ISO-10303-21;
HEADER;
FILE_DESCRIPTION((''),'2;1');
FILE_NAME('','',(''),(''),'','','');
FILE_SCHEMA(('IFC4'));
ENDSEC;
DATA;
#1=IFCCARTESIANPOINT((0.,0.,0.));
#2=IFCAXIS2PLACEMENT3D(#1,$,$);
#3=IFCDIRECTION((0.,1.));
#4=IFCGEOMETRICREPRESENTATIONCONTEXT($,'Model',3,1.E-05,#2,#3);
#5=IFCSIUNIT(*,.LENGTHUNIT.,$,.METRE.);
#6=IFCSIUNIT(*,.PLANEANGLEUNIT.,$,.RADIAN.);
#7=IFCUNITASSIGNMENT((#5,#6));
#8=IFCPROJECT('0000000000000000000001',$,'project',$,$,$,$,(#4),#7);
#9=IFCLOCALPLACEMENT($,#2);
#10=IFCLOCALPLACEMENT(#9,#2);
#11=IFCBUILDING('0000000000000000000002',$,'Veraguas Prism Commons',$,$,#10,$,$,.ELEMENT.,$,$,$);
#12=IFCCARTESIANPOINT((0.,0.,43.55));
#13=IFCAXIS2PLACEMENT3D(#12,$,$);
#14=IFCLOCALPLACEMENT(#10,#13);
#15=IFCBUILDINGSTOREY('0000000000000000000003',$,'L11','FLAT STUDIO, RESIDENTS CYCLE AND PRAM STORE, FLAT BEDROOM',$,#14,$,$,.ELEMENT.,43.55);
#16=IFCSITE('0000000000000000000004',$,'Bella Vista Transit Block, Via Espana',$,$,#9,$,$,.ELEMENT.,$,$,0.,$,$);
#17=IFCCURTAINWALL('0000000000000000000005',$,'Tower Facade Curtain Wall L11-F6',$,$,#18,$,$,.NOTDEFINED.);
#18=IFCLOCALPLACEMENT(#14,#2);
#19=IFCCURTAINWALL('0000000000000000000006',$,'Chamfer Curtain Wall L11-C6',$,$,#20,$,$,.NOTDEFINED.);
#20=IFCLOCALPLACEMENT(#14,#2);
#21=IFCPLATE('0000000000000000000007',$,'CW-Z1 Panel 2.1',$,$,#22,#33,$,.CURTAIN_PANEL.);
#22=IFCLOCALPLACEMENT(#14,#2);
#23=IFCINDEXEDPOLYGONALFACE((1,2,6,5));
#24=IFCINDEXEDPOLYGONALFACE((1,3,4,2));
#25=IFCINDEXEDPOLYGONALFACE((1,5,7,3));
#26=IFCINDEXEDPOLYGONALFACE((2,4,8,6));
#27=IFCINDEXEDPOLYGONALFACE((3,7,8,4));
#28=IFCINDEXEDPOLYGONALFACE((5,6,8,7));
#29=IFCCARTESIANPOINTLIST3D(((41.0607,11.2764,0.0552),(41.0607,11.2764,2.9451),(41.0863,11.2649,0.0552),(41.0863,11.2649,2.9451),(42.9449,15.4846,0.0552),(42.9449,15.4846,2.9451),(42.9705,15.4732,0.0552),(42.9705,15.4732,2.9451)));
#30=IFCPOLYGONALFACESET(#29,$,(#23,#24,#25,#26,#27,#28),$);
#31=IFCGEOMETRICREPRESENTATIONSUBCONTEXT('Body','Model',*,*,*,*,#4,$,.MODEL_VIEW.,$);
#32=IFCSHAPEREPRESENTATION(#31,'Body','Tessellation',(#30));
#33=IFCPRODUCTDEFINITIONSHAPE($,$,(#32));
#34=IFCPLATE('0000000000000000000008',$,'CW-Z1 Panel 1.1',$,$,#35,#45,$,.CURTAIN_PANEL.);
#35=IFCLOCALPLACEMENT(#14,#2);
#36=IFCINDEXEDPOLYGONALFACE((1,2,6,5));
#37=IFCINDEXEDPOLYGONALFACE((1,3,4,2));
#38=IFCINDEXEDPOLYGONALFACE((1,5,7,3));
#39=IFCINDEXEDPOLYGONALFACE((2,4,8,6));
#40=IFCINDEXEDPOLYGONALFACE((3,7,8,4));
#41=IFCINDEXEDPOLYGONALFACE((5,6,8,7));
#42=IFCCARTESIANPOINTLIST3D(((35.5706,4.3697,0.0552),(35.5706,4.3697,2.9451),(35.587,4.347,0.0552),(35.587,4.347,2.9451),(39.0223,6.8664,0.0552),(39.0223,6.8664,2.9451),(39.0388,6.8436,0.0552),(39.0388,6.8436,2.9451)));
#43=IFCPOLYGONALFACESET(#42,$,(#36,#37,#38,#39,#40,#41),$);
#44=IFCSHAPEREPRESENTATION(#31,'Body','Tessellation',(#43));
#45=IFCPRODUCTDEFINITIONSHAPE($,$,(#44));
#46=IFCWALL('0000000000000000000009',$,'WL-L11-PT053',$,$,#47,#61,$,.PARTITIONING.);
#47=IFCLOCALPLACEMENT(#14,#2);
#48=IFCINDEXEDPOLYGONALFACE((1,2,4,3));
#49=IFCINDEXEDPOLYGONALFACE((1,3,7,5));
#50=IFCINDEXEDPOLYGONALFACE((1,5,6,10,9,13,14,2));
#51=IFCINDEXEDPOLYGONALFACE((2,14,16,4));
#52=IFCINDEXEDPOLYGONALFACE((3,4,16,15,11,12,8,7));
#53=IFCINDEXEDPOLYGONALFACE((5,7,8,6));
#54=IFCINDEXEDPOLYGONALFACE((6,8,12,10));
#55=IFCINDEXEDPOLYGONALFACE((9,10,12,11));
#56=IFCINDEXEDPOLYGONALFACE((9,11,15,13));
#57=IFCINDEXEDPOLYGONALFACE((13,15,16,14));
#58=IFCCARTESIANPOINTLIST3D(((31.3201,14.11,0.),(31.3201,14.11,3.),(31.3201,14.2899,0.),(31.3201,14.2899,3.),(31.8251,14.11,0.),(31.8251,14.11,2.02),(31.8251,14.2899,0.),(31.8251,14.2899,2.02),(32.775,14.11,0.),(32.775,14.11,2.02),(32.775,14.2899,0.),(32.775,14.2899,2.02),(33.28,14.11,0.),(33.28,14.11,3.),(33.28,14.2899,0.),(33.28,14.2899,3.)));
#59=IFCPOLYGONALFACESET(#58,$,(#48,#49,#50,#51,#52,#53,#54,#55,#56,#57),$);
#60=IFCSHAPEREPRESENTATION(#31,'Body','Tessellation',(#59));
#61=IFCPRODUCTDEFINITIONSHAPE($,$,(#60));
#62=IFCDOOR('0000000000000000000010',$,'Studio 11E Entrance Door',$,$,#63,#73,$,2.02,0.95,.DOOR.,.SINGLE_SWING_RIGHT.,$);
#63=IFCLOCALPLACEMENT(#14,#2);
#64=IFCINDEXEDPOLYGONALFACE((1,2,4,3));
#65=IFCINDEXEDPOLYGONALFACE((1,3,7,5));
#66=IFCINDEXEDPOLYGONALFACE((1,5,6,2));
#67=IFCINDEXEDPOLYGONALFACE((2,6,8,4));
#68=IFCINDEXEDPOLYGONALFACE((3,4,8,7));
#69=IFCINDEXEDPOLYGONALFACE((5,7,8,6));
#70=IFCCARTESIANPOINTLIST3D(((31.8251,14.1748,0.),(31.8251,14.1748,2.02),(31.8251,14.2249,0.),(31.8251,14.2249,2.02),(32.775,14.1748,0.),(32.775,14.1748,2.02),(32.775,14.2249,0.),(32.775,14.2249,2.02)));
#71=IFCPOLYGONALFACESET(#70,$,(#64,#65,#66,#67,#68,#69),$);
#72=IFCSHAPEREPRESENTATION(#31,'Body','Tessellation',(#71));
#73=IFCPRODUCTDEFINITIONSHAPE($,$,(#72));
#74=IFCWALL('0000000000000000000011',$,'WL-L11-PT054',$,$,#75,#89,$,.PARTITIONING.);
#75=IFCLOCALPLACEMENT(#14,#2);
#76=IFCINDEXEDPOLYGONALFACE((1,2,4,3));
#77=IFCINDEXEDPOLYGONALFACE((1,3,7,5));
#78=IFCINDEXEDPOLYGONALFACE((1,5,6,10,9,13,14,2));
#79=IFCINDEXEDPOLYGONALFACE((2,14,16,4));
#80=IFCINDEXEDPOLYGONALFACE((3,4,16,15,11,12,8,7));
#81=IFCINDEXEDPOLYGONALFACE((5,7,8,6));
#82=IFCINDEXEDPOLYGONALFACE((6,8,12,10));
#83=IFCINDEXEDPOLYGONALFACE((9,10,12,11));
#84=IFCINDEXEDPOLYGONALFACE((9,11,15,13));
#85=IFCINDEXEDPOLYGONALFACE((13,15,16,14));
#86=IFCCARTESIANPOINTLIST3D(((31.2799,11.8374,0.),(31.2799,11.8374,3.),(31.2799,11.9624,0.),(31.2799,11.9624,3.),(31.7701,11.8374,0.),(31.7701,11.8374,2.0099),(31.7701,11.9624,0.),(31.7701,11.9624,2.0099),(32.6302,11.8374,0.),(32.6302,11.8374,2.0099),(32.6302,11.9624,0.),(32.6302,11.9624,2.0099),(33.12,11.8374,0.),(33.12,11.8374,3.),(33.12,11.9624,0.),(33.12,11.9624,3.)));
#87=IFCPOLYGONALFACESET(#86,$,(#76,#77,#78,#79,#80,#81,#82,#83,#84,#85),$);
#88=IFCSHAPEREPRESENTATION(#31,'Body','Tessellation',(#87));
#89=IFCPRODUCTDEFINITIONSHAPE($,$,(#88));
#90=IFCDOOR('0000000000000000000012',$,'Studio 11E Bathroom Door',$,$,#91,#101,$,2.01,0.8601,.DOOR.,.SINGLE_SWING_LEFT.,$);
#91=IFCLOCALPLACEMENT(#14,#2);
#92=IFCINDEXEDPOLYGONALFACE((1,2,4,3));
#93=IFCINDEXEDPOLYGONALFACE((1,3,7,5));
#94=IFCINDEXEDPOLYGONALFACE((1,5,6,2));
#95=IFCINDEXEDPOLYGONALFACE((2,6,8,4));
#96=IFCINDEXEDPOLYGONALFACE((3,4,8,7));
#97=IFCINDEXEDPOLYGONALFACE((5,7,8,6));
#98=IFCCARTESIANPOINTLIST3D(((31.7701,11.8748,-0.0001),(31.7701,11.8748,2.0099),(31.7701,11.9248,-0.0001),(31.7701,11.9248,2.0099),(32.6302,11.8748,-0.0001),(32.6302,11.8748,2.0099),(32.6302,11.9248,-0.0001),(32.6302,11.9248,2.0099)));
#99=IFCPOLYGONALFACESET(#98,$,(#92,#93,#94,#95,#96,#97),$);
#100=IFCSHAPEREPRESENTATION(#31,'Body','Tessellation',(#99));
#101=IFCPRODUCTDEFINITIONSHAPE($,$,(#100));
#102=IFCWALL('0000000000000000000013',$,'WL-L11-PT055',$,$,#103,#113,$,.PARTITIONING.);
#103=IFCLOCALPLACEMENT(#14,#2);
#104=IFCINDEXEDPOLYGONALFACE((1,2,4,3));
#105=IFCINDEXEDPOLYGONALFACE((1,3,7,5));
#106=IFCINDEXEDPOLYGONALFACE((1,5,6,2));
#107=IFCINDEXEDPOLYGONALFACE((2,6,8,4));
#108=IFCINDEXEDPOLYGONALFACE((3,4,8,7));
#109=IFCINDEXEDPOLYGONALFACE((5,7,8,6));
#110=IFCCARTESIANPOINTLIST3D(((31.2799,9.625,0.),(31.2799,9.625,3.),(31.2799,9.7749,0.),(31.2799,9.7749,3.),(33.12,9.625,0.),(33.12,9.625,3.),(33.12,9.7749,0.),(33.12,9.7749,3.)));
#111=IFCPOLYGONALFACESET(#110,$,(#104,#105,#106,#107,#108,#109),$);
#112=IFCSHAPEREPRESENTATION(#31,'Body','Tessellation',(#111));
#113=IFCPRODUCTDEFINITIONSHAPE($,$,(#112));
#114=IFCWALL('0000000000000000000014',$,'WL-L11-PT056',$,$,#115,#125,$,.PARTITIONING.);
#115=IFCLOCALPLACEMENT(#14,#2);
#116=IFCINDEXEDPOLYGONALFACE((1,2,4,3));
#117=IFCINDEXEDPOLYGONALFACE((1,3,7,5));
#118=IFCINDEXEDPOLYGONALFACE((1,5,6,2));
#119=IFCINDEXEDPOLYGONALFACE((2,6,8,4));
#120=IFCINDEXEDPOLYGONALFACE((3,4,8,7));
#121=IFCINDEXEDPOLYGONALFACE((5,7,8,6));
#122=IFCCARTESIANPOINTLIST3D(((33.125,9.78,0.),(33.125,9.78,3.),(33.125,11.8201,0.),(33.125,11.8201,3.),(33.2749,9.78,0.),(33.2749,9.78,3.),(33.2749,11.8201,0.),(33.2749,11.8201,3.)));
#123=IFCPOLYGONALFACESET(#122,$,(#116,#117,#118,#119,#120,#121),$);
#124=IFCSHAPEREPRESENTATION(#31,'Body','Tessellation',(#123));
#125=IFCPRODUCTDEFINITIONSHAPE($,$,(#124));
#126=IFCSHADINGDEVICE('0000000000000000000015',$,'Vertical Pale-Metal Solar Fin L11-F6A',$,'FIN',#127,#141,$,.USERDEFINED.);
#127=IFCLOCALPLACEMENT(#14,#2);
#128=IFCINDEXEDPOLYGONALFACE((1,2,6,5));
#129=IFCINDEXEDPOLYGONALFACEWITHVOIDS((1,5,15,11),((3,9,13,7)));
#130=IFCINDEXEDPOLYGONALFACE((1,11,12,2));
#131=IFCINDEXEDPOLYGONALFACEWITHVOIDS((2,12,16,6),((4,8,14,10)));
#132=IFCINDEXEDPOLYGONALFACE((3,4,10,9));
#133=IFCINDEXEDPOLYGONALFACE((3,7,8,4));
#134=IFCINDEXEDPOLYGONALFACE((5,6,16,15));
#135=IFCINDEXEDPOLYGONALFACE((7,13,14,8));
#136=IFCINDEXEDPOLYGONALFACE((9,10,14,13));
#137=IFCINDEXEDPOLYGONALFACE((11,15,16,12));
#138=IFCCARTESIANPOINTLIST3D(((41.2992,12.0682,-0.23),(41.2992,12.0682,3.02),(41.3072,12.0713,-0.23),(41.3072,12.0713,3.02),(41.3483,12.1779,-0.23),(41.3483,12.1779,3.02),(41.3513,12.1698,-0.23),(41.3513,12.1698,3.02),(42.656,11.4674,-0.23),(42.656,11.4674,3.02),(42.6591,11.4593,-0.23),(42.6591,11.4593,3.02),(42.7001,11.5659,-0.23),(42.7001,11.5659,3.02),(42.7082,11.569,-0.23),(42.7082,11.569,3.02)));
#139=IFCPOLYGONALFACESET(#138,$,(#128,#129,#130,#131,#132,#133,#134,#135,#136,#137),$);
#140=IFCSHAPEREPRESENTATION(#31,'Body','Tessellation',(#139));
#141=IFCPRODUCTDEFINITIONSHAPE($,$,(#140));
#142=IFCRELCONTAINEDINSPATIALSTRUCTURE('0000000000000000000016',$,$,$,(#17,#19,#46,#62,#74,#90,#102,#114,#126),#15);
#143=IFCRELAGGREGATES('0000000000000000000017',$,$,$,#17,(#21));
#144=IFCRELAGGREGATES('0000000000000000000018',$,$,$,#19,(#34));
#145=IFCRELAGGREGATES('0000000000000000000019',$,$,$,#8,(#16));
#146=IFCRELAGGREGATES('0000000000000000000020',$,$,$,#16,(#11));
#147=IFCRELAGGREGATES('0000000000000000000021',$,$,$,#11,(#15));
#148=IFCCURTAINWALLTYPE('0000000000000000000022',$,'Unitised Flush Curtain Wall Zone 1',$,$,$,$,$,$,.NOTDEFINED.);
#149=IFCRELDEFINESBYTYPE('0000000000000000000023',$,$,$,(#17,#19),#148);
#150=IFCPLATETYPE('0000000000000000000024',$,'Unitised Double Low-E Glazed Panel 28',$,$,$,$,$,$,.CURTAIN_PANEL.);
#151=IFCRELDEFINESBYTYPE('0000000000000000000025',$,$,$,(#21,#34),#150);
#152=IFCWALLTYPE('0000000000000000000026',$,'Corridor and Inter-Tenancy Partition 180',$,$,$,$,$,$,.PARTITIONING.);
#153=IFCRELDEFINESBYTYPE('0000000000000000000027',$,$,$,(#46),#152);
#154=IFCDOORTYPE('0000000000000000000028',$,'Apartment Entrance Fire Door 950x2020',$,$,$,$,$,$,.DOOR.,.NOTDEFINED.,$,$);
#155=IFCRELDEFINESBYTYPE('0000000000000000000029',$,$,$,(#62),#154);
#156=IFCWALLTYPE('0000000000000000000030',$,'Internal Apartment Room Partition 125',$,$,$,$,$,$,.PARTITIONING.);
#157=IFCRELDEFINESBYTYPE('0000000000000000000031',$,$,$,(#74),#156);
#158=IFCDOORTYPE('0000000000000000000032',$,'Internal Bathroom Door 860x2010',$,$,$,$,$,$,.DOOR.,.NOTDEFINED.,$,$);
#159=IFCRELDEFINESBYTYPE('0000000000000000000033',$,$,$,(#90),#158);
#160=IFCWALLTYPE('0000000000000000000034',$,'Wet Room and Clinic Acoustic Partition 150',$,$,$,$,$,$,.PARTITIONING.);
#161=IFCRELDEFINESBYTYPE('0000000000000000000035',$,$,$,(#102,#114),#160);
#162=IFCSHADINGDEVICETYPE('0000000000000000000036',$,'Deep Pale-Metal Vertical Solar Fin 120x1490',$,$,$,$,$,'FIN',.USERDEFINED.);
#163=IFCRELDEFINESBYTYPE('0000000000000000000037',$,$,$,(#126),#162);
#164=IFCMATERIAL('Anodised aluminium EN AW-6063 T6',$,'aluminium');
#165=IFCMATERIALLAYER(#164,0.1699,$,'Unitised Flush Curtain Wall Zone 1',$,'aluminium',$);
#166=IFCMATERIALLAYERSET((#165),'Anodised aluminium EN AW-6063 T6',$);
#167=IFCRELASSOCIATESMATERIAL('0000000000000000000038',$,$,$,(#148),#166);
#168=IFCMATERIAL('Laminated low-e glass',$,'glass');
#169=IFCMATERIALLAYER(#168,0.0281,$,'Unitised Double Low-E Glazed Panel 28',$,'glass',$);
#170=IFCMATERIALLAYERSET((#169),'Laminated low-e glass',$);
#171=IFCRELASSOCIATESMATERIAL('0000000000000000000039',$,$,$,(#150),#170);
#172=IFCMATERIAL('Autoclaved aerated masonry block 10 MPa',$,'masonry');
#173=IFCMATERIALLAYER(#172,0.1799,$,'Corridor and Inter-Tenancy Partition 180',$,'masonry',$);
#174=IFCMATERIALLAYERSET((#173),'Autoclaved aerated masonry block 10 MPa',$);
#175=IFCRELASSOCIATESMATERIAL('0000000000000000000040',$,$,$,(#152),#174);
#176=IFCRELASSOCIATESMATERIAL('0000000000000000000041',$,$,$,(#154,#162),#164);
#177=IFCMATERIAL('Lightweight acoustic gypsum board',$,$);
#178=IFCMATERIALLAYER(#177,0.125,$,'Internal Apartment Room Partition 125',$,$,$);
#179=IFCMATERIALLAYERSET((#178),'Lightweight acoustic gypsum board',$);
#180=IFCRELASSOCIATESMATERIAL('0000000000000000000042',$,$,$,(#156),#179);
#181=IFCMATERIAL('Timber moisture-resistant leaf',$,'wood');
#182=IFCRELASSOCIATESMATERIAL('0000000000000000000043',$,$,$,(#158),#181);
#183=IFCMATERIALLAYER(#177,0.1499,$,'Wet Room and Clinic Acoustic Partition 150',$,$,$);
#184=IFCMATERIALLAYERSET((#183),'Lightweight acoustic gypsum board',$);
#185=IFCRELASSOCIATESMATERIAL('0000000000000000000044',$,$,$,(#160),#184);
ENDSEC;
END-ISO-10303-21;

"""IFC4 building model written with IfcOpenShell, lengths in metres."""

from ifc_helpers import new_model, si_unit, direction, frame, frame_2d, origin, origin_2d, place, context, subcontext, project, spatial, rectangle, hollow_rectangle, extrude, source, transform, mapped, material, layer, layer_set, material_profile, profile_set, type_object, element, fill, aggregate, save


model = new_model("IFC4")

# Units and contexts
model_context = context("Model", 3, precision=1e-05, world=origin(), true_north=direction((0.0, 1.0)))
body_context = subcontext(model_context, "Body", "Model", "MODEL_VIEW")
ifc_project = project(units=[si_unit("LENGTHUNIT", "METRE"), si_unit("PLANEANGLEUNIT", "RADIAN")], contexts=[model_context])

# Site, building, storey
site_placement = place(None, origin())
site = spatial("IfcSite", under=ifc_project, at=site_placement, Name="Bella Vista Transit Block, Via Espana", CompositionType="ELEMENT", RefElevation=0.0)
building_placement = place(site_placement, origin())
building = spatial("IfcBuilding", under=site, at=building_placement, Name="Veraguas Prism Commons", CompositionType="ELEMENT")
storey_placement = place(building_placement, frame((0.0, 0.0, 43.55)))
storey = spatial("IfcBuildingStorey", under=building, at=storey_placement, Name="L11", Description="FLAT STUDIO, RESIDENTS CYCLE AND PRAM STORE, FLAT BEDROOM", CompositionType="ELEMENT", Elevation=43.55)

# Shared definitions
ifc_material_1 = material(Name="Anodised aluminium EN AW-6063 T6", Category="aluminium")
ifc_layer_1 = layer(ifc_material_1, 0.1699, Name="Unitised Flush Curtain Wall Zone 1", Category="aluminium")
ifc_layer_set_1 = layer_set([ifc_layer_1], Name="Anodised aluminium EN AW-6063 T6")
curtain_wall_type = type_object("IfcCurtainWallType", Name="Unitised Flush Curtain Wall Zone 1", PredefinedType="NOTDEFINED", material=ifc_layer_set_1)

# Curtain walls
curtain_wall_1_placement = place(storey_placement, origin())
curtain_wall_1 = element("IfcCurtainWall", 1, at=curtain_wall_1_placement, inside=storey, type_object=curtain_wall_type, Name="Tower Facade Curtain Wall L11-F6", PredefinedType="NOTDEFINED")
curtain_wall_2_placement = place(storey_placement, origin())
curtain_wall_2 = element("IfcCurtainWall", 2, at=curtain_wall_2_placement, inside=storey, type_object=curtain_wall_type, Name="Chamfer Curtain Wall L11-C6", PredefinedType="NOTDEFINED")

# Plates
ifc_material_2 = material(Name="Laminated low-e glass", Category="glass")
ifc_layer_2 = layer(ifc_material_2, 0.0281, Name="Unitised Double Low-E Glazed Panel 28", Category="glass")
ifc_layer_set_2 = layer_set([ifc_layer_2], Name="Laminated low-e glass")
plate_type = type_object("IfcPlateType", Name="Unitised Double Low-E Glazed Panel 28", PredefinedType="CURTAIN_PANEL", material=ifc_layer_set_2)
shared_shape_1 = source(origin(), body_context, "Body", "SweptSolid", [
    extrude(rectangle(XDim=4.6108, YDim=0.0281, at=origin_2d()), origin(), (0.0, 0.0, 1.0), 2.8899),
])
plate_1_placement = place(storey_placement, frame((42.0156, 13.3748, 0.0552), z_axis=(0.0, 0.0, 1.0), x_axis=(0.408649, 0.912692, 0.0)))
plate_1 = element("IfcPlate", 3, at=plate_1_placement, type_object=plate_type, Name="CW-Z1 Panel 2.1", PredefinedType="CURTAIN_PANEL", context=body_context, shape_type="MappedRepresentation", body=[
    mapped(shared_shape_1, transform((0.0, 0.0, 0.0), scale=1.0)),
])
aggregate(curtain_wall_1, [plate_1])
shared_shape_2 = source(origin(), body_context, "Body", "SweptSolid", [
    extrude(rectangle(XDim=4.26, YDim=0.0281, at=origin_2d()), origin(), (0.0, 0.0, 1.0), 2.8899),
])
plate_2_placement = place(storey_placement, frame((37.3047, 5.6067, 0.0552), z_axis=(0.0, 0.0, 1.0), x_axis=(0.810264, 0.586066, 0.0)))
plate_2 = element("IfcPlate", 4, at=plate_2_placement, type_object=plate_type, Name="CW-Z1 Panel 1.1", PredefinedType="CURTAIN_PANEL", context=body_context, shape_type="MappedRepresentation", body=[
    mapped(shared_shape_2, transform((0.0, 0.0, 0.0), scale=1.0)),
])
aggregate(curtain_wall_2, [plate_2])

# Walls, openings, doors
ifc_material_3 = material(Name="Autoclaved aerated masonry block 10 MPa", Category="masonry")
ifc_layer_3 = layer(ifc_material_3, 0.1799, Name="Corridor and Inter-Tenancy Partition 180", Category="masonry")
ifc_layer_set_3 = layer_set([ifc_layer_3], Name="Autoclaved aerated masonry block 10 MPa")
wall_type_1 = type_object("IfcWallType", Name="Corridor and Inter-Tenancy Partition 180", PredefinedType="PARTITIONING", material=ifc_layer_set_3)
wall_1_placement = place(storey_placement, frame((31.3201, 14.2, 0.0), z_axis=(0.0, 0.0, 1.0), x_axis=(1.0, 0.0, 0.0)))
wall_1 = element("IfcWall", 5, at=wall_1_placement, inside=storey, type_object=wall_type_1, Name="WL-L11-PT053", PredefinedType="PARTITIONING", context=body_context, shape_type="SweptSolid", body=[
    extrude(rectangle(XDim=1.96, YDim=0.1799, at=frame_2d((0.98, 0.0))), origin(), (0.0, 0.0, 1.0), 3.0),
])
opening_1_placement = place(wall_1_placement, frame((0.5049, 0.0, 0.0)))
opening_1 = element("IfcOpeningElement", 6, at=opening_1_placement, cuts=wall_1, PredefinedType="OPENING", context=body_context, shape_type="SweptSolid", body=[
    extrude(rectangle(XDim=0.95, YDim=2.02, at=frame_2d((0.4751, 1.01))), frame((0.0, 0.0999, 0.0), z_axis=(0.0, -1.0, 0.0), x_axis=(1.0, 0.0, 0.0)), (0.0, 0.0, 1.0), 0.2),
])
door_type_1 = type_object("IfcDoorType", Name="Apartment Entrance Fire Door 950x2020", OperationType="NOTDEFINED", PredefinedType="DOOR", material=ifc_material_1)
shared_shape_3 = source(origin(), body_context, "Body", "SweptSolid", [
    extrude(rectangle(XDim=0.95, YDim=2.02, at=frame_2d((0.4751, 1.01))), frame((0.0, 0.0249, 0.0), z_axis=(0.0, -1.0, 0.0), x_axis=(1.0, 0.0, 0.0)), (0.0, 0.0, 1.0), 0.05),
])
door_1_placement = place(opening_1_placement, origin())
door_1 = element("IfcDoor", 7, at=door_1_placement, inside=storey, type_object=door_type_1, Name="Studio 11E Entrance Door", OperationType="SINGLE_SWING_RIGHT", OverallHeight=2.02, OverallWidth=0.95, PredefinedType="DOOR", context=body_context, shape_type="MappedRepresentation", body=[
    mapped(shared_shape_3, transform((0.0, 0.0, 0.0), scale=1.0)),
])
fill(opening_1, door_1)
ifc_material_4 = material(Name="Lightweight acoustic gypsum board")
ifc_layer_4 = layer(ifc_material_4, 0.125, Name="Internal Apartment Room Partition 125")
ifc_layer_set_4 = layer_set([ifc_layer_4], Name="Lightweight acoustic gypsum board")
wall_type_2 = type_object("IfcWallType", Name="Internal Apartment Room Partition 125", PredefinedType="PARTITIONING", material=ifc_layer_set_4)
wall_2_placement = place(storey_placement, frame((31.28, 11.8999, 0.0), z_axis=(0.0, 0.0, 1.0), x_axis=(1.0, 0.0, 0.0)))
wall_2 = element("IfcWall", 8, at=wall_2_placement, inside=storey, type_object=wall_type_2, Name="WL-L11-PT054", PredefinedType="PARTITIONING", context=body_context, shape_type="SweptSolid", body=[
    extrude(rectangle(XDim=1.8401, YDim=0.125, at=frame_2d((0.9199, 0.0))), origin(), (0.0, 0.0, 1.0), 3.0),
])
opening_2_placement = place(wall_2_placement, frame((0.49, 0.0, 0.0)))
opening_2 = element("IfcOpeningElement", 9, at=opening_2_placement, cuts=wall_2, PredefinedType="OPENING", context=body_context, shape_type="SweptSolid", body=[
    extrude(rectangle(XDim=0.8601, YDim=2.01, at=frame_2d((0.4302, 1.0049))), frame((0.0, 0.0725, 0.0), z_axis=(0.0, -1.0, 0.0), x_axis=(1.0, 0.0, 0.0)), (0.0, 0.0, 1.0), 0.145),
])
ifc_material_5 = material(Name="Timber moisture-resistant leaf", Category="wood")
door_type_2 = type_object("IfcDoorType", Name="Internal Bathroom Door 860x2010", OperationType="NOTDEFINED", PredefinedType="DOOR", material=ifc_material_5)
shared_shape_4 = source(origin(), body_context, "Body", "SweptSolid", [
    extrude(rectangle(XDim=0.8601, YDim=2.01, at=frame_2d((0.4302, 1.0049))), frame((0.0, 0.0249, 0.0), z_axis=(0.0, -1.0, 0.0), x_axis=(1.0, 0.0, 0.0)), (0.0, 0.0, 1.0), 0.05),
])
door_2_placement = place(opening_2_placement, origin())
door_2 = element("IfcDoor", 10, at=door_2_placement, inside=storey, type_object=door_type_2, Name="Studio 11E Bathroom Door", OperationType="SINGLE_SWING_LEFT", OverallHeight=2.01, OverallWidth=0.8601, PredefinedType="DOOR", context=body_context, shape_type="MappedRepresentation", body=[
    mapped(shared_shape_4, transform((0.0, 0.0, 0.0), scale=1.0)),
])
fill(opening_2, door_2)

# Walls
ifc_layer_5 = layer(ifc_material_4, 0.1499, Name="Wet Room and Clinic Acoustic Partition 150")
ifc_layer_set_5 = layer_set([ifc_layer_5], Name="Lightweight acoustic gypsum board")
wall_type_3 = type_object("IfcWallType", Name="Wet Room and Clinic Acoustic Partition 150", PredefinedType="PARTITIONING", material=ifc_layer_set_5)
wall_3_placement = place(storey_placement, frame((31.28, 9.7, 0.0), z_axis=(0.0, 0.0, 1.0), x_axis=(1.0, 0.0, 0.0)))
element("IfcWall", 11, at=wall_3_placement, inside=storey, type_object=wall_type_3, Name="WL-L11-PT055", PredefinedType="PARTITIONING", context=body_context, shape_type="SweptSolid", body=[
    extrude(rectangle(XDim=1.8401, YDim=0.1499, at=frame_2d((0.9199, 0.0))), origin(), (0.0, 0.0, 1.0), 3.0),
])
wall_4_placement = place(storey_placement, frame((33.2, 9.78, 0.0), z_axis=(0.0, 0.0, 1.0), x_axis=(0.0, 1.0, 0.0)))
element("IfcWall", 12, at=wall_4_placement, inside=storey, type_object=wall_type_3, Name="WL-L11-PT056", PredefinedType="PARTITIONING", context=body_context, shape_type="SweptSolid", body=[
    extrude(rectangle(XDim=2.04, YDim=0.1499, at=frame_2d((1.02, 0.0))), origin(), (0.0, 0.0, 1.0), 3.0),
])

# Shading device
ifc_material_profile_1 = material_profile(ifc_material_1, hollow_rectangle(XDim=0.1201, YDim=1.49, WallThickness=0.0061, at=origin_2d()), Name="FIN120X1490X6")
ifc_profile_set_1 = profile_set([ifc_material_profile_1], Name="Anodised aluminium EN AW-6063 T6")
shading_device_type = type_object("IfcShadingDeviceType", Name="Deep Pale-Metal Vertical Solar Fin 120x1490", ElementType="FIN", PredefinedType="USERDEFINED", material=ifc_profile_set_1)
shading_device_placement = place(storey_placement, frame((42.0037, 11.8186, -0.23), z_axis=(0.0, 0.0, 1.0), x_axis=(0.408646, 0.912693, 0.0)))
element("IfcShadingDevice", 13, at=shading_device_placement, inside=storey, type_object=shading_device_type, Name="Vertical Pale-Metal Solar Fin L11-F6A", ObjectType="FIN", PredefinedType="USERDEFINED", context=body_context, shape_type="SweptSolid", body=[
    extrude(hollow_rectangle(XDim=0.1201, YDim=1.49, WallThickness=0.0061, at=origin_2d()), origin(), (0.0, 0.0, 1.0), 3.25),
])

save(model, "model.ifc")
